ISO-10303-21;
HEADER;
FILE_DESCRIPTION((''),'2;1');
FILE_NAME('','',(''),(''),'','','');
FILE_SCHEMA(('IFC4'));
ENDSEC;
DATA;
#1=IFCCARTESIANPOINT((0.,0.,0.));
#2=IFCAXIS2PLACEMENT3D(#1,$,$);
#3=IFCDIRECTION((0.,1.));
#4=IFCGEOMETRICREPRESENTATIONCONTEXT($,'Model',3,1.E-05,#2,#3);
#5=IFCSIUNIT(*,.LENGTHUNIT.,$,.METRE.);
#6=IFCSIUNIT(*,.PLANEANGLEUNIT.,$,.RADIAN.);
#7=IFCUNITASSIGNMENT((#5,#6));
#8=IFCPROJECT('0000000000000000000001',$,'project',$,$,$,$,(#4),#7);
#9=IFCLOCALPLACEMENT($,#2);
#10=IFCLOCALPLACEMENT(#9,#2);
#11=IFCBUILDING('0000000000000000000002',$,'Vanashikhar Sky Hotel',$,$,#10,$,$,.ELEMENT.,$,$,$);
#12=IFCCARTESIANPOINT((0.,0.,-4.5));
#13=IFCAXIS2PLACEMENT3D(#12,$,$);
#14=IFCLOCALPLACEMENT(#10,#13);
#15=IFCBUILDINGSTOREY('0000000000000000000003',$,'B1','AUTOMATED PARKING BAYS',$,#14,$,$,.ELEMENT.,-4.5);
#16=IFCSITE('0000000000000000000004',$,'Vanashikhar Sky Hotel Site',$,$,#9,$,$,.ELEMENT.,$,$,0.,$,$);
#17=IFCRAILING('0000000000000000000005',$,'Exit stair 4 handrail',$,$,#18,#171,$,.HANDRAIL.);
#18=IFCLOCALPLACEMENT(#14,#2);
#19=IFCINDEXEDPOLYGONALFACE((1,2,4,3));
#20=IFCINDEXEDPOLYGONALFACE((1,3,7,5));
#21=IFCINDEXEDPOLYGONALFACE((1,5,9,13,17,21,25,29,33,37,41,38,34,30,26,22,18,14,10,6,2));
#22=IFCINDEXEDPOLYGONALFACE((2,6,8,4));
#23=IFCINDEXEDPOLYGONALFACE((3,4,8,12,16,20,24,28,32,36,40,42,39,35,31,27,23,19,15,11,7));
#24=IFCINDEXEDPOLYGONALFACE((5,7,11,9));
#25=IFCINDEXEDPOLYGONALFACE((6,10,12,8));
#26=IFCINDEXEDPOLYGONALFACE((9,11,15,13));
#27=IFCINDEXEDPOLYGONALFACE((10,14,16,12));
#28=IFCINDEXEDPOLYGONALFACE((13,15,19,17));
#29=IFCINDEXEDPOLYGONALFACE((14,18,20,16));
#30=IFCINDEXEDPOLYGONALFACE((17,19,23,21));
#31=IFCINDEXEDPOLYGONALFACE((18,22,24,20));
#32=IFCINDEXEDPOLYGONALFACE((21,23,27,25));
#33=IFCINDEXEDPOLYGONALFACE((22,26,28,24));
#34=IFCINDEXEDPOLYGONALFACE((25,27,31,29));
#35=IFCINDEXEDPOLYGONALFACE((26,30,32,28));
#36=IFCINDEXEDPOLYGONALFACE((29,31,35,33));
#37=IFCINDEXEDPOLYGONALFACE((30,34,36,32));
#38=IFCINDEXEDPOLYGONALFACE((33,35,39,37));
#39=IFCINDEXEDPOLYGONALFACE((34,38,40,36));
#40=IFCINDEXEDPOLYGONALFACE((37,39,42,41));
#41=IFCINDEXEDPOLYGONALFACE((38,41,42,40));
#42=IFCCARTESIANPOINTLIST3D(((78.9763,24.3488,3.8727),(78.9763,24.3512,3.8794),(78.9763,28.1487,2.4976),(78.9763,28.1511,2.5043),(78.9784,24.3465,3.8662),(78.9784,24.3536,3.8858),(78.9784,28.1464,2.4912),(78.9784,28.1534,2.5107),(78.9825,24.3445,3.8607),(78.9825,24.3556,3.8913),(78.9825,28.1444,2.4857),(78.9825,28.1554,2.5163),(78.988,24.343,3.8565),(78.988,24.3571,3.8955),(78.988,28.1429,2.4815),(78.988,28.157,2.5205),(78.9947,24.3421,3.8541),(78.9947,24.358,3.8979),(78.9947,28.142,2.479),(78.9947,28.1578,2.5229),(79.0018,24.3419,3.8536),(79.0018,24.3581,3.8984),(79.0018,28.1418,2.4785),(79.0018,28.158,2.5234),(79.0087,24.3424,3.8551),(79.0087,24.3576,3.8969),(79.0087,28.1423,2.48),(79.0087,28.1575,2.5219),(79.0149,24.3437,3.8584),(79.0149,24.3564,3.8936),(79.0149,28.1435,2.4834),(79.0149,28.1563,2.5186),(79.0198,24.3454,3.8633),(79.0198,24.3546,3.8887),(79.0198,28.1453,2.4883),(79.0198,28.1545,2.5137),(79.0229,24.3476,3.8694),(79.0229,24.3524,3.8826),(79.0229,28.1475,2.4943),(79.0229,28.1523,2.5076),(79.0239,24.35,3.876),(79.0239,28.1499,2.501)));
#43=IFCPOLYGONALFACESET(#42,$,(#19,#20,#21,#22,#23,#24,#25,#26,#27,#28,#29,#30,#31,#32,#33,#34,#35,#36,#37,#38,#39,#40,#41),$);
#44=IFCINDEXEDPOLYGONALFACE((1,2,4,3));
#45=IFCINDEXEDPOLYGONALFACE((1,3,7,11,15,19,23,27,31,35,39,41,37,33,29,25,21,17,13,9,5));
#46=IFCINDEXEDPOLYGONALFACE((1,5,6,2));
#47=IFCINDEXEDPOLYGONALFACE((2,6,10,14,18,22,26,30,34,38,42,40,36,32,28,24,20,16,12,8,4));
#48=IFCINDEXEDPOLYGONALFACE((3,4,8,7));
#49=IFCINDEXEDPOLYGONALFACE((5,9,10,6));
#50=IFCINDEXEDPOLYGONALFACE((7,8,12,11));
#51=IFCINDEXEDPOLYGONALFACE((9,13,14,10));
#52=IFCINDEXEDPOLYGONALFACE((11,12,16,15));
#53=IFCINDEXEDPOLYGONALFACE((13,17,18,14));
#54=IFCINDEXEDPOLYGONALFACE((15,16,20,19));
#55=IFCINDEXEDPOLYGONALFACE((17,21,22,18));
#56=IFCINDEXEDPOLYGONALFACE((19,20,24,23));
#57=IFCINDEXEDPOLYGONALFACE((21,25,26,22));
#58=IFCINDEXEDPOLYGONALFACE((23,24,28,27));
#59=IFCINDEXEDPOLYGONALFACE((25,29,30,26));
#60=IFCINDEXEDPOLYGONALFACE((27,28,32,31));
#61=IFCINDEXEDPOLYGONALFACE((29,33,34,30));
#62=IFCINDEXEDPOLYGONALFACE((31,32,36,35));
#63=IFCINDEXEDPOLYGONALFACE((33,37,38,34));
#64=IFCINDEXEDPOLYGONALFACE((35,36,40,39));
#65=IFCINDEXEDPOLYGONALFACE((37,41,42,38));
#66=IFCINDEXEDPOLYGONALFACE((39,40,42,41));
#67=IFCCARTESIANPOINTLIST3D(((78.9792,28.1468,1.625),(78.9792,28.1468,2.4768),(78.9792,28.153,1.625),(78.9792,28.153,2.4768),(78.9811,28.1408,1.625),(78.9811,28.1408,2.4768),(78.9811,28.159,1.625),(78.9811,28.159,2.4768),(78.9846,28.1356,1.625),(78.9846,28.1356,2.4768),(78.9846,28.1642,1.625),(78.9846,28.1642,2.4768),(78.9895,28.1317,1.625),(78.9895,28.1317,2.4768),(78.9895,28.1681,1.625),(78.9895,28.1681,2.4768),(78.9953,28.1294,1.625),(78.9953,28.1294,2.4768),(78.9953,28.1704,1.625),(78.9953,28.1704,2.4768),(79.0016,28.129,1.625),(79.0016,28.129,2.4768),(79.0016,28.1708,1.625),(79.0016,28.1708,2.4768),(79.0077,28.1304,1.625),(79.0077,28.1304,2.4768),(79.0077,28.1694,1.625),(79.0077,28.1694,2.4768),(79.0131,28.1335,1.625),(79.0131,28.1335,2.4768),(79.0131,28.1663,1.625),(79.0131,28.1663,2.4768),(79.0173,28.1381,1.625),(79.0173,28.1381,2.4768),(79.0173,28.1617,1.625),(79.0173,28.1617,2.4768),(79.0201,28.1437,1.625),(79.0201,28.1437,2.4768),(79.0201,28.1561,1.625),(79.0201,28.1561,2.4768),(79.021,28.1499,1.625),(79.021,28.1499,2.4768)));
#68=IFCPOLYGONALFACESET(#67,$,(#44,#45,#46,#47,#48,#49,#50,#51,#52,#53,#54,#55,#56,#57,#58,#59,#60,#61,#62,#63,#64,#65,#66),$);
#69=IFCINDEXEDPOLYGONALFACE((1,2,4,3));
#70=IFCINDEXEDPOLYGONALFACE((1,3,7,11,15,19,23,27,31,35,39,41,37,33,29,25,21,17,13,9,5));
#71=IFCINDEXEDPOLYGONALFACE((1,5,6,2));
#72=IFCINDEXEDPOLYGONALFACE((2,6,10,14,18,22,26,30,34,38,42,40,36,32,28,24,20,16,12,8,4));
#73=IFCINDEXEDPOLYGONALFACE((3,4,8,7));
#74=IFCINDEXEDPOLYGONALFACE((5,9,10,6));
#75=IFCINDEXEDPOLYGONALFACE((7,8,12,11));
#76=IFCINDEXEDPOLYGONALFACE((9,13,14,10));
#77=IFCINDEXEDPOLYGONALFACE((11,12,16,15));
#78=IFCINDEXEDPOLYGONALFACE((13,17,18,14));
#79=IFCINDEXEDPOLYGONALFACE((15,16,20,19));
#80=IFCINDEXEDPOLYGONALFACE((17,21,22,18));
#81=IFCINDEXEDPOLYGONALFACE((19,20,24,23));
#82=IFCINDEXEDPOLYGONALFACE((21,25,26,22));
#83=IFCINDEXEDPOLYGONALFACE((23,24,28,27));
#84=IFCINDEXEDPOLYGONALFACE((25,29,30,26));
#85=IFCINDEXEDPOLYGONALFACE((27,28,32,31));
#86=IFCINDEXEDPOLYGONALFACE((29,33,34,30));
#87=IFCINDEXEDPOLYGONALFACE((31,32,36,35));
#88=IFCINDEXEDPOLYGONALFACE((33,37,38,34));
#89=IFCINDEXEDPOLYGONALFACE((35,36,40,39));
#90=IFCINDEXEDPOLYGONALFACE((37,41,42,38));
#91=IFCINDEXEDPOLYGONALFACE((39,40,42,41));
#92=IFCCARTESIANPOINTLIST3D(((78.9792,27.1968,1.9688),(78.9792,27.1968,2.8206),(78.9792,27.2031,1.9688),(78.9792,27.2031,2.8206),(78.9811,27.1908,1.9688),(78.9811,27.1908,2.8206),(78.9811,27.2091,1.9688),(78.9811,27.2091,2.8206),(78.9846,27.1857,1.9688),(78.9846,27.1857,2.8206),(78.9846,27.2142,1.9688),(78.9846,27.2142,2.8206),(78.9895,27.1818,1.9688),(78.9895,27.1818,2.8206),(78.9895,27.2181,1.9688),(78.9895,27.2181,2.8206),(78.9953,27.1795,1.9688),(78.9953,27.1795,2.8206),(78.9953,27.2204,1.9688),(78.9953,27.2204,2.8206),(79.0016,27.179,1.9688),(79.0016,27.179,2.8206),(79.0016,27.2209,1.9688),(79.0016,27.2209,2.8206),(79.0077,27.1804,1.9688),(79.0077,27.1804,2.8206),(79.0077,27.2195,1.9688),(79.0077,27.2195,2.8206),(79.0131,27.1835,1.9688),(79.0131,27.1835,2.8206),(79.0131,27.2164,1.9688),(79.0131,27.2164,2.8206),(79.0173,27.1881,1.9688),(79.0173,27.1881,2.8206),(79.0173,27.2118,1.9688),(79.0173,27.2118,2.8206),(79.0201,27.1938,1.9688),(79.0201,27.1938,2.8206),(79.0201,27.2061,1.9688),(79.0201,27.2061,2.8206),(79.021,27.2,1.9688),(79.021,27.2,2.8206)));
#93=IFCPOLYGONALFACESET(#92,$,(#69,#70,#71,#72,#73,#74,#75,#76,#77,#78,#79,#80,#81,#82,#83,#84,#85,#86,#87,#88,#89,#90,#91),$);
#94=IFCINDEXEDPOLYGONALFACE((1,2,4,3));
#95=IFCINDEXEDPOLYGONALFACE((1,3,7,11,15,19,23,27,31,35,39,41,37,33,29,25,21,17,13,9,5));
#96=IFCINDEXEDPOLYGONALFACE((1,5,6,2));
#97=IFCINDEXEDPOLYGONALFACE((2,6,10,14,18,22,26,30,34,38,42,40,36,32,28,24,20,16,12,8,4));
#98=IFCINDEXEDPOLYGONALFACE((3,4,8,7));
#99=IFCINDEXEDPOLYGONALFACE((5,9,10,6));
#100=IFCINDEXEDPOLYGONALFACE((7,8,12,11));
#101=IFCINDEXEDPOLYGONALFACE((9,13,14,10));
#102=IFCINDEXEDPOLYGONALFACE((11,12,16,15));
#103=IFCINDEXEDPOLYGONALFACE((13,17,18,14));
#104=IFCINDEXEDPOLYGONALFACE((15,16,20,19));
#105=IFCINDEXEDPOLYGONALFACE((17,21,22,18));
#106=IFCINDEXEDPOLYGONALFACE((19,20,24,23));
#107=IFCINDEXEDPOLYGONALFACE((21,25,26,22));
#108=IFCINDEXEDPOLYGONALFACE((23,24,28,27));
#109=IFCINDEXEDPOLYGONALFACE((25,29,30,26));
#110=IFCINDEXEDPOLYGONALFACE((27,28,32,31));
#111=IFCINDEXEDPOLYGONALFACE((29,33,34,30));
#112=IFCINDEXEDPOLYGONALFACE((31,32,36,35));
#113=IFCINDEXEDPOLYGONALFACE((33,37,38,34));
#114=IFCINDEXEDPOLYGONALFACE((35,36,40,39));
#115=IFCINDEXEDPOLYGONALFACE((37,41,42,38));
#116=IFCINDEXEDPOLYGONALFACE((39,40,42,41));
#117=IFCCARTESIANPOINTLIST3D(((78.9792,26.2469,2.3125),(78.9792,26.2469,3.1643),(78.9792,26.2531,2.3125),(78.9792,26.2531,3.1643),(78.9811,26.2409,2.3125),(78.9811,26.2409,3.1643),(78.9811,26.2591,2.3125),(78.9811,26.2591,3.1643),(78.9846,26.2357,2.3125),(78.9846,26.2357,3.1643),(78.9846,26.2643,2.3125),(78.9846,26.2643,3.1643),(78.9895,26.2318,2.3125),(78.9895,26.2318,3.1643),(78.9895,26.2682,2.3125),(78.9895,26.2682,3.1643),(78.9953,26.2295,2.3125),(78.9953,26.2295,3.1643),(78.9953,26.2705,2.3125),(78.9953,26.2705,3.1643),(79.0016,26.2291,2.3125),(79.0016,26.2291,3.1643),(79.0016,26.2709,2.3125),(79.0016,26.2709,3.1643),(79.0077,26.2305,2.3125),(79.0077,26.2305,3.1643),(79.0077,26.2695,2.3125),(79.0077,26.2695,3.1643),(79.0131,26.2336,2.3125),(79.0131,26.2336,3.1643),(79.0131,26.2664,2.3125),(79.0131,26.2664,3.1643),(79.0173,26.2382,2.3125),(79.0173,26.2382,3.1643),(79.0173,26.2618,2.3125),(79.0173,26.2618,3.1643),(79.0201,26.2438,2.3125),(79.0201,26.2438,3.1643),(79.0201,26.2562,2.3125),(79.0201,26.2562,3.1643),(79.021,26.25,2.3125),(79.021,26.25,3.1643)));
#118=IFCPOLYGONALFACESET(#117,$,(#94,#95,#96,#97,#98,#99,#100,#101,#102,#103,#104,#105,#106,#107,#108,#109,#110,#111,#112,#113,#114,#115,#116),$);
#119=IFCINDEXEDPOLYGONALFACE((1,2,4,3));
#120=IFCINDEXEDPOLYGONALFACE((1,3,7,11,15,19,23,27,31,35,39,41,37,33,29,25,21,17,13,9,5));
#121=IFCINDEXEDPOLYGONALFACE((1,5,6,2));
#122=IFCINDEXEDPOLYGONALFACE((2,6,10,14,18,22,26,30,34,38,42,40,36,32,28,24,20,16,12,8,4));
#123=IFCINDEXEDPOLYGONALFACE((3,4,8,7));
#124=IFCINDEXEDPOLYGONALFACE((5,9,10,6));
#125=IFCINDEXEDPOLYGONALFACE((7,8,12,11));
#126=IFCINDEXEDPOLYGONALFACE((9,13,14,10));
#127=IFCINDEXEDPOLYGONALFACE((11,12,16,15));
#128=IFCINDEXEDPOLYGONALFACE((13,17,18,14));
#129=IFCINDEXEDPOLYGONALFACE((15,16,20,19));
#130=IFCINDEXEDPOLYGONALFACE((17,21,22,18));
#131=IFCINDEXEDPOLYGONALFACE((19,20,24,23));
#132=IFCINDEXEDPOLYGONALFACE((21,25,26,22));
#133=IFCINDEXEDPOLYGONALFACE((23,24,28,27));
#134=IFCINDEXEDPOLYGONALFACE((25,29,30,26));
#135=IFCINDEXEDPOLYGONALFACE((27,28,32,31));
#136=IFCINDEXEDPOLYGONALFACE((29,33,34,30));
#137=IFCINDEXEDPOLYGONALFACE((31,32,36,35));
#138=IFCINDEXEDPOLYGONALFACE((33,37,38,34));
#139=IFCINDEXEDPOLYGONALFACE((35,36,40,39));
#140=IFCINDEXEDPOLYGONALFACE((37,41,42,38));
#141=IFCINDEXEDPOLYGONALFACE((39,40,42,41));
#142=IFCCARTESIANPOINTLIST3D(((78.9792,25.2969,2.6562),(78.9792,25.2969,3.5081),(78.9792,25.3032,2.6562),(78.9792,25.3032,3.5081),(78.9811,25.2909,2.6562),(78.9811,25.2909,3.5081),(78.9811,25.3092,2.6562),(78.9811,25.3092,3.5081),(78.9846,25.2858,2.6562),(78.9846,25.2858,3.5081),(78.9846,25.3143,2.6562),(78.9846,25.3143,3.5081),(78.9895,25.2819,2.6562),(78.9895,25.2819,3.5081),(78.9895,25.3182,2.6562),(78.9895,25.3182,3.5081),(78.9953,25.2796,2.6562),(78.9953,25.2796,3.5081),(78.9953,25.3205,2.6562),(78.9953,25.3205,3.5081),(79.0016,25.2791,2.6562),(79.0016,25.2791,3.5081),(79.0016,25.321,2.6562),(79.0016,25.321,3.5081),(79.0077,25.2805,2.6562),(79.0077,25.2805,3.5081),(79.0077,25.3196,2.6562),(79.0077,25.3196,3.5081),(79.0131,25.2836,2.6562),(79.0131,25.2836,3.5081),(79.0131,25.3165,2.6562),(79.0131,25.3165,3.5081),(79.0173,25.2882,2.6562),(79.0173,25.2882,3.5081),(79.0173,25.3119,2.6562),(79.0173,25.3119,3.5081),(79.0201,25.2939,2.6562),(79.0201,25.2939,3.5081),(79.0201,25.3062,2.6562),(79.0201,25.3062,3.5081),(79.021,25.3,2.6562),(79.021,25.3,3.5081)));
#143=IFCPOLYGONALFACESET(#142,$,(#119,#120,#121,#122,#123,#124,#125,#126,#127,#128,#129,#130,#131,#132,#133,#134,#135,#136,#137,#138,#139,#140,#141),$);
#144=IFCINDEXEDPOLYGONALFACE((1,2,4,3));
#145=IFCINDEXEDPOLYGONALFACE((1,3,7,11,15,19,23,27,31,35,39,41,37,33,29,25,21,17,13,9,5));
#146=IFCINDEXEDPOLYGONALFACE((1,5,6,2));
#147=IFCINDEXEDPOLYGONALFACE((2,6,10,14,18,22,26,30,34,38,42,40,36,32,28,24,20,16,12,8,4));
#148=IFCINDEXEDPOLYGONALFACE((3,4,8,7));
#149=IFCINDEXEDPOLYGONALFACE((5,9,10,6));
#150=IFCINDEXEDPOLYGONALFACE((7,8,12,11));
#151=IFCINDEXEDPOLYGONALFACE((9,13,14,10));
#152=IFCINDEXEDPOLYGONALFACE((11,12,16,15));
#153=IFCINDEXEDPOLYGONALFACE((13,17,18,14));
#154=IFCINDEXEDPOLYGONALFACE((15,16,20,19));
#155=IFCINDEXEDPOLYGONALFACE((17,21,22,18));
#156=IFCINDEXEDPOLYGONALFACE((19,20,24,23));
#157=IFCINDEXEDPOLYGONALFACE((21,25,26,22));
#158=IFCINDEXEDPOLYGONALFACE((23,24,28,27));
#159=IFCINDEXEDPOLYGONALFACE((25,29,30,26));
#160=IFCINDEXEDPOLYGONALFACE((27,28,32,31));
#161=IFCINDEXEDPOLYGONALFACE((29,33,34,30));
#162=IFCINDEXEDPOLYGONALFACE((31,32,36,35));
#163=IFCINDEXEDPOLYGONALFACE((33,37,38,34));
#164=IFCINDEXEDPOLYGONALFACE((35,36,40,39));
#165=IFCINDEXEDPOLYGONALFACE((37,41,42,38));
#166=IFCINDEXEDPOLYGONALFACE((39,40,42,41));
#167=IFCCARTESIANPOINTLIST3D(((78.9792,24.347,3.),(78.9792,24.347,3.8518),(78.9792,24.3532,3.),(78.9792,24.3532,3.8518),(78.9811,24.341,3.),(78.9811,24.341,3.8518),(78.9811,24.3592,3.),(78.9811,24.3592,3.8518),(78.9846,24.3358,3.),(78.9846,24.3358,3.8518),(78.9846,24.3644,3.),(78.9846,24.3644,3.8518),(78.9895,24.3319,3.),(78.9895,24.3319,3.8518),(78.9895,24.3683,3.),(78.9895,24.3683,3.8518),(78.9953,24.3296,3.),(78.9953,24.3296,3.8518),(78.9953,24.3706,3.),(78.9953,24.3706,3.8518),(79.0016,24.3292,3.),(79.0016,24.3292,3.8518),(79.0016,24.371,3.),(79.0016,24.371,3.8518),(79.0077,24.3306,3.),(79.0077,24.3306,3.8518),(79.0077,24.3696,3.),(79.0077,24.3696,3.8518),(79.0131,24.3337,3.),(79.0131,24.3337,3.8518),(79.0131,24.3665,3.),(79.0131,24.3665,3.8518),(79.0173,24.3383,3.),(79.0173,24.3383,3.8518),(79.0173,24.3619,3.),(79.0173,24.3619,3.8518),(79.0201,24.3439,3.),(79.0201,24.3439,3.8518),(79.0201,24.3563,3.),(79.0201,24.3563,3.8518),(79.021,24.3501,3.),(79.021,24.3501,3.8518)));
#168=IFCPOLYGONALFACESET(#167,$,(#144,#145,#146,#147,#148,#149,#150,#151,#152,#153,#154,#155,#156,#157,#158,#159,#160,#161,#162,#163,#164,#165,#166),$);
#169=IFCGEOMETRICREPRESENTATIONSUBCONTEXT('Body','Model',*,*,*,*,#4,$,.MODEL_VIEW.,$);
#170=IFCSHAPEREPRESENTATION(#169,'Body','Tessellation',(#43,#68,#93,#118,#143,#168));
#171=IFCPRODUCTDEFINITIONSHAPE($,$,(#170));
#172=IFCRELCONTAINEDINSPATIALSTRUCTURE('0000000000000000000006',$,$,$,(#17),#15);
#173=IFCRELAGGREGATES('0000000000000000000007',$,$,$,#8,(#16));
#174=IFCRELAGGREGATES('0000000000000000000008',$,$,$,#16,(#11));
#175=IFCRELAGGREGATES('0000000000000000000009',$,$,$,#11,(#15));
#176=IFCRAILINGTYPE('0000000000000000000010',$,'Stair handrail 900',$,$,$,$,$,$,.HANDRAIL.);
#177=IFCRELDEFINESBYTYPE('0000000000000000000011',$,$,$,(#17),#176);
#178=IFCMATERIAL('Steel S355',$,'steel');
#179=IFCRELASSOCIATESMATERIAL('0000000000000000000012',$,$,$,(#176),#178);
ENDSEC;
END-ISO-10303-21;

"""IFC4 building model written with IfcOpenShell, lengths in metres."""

from ifc_helpers import new_model, si_unit, direction, frame, origin, origin_2d, place, context, subcontext, project, spatial, circle, extrude, source, transform, mapped, material, type_object, element, save


model = new_model("IFC4")

# Units and contexts
model_context = context("Model", 3, precision=1e-05, world=origin(), true_north=direction((0.0, 1.0)))
body_context = subcontext(model_context, "Body", "Model", "MODEL_VIEW")
ifc_project = project(units=[si_unit("LENGTHUNIT", "METRE"), si_unit("PLANEANGLEUNIT", "RADIAN")], contexts=[model_context])

# Site, building, storey
site_placement = place(None, origin())
site = spatial("IfcSite", under=ifc_project, at=site_placement, Name="Vanashikhar Sky Hotel Site", CompositionType="ELEMENT", RefElevation=0.0)
building_placement = place(site_placement, origin())
building = spatial("IfcBuilding", under=site, at=building_placement, Name="Vanashikhar Sky Hotel", CompositionType="ELEMENT")
storey_placement = place(building_placement, frame((0.0, 0.0, -4.5)))
storey = spatial("IfcBuildingStorey", under=building, at=storey_placement, Name="B1", Description="AUTOMATED PARKING BAYS", CompositionType="ELEMENT", Elevation=-4.5)

# Railing
ifc_material_1 = material(Name="Steel S355", Category="steel")
railing_type_1 = type_object("IfcRailingType", Name="Stair handrail 900", PredefinedType="HANDRAIL", material=ifc_material_1)
shared_shape_1 = source(origin(), body_context, "Body", "SweptSolid", [
    extrude(circle(Radius=0.0239, at=origin_2d()), frame((0.0, 0.0, 0.876), z_axis=(0.0, -0.940329, 0.340268), x_axis=(1.0, 0.0, 0.0)), (0.0, 0.0, 1.0), 4.041),
    extrude(circle(Radius=0.021, at=origin_2d()), origin(), (0.0, 0.0, 1.0), 0.8518),
    extrude(circle(Radius=0.021, at=origin_2d()), frame((0.0, -0.95, 0.3438)), (0.0, 0.0, 1.0), 0.8518),
    extrude(circle(Radius=0.021, at=origin_2d()), frame((0.0, -1.8999, 0.6875)), (0.0, 0.0, 1.0), 0.8518),
    extrude(circle(Radius=0.021, at=origin_2d()), frame((0.0, -2.8499, 1.0312)), (0.0, 0.0, 1.0), 0.8518),
    extrude(circle(Radius=0.021, at=origin_2d()), frame((0.0, -3.7998, 1.375)), (0.0, 0.0, 1.0), 0.8518),
])
railing_1_placement = place(storey_placement, frame((79.0, 28.1499, 1.625)))
element("IfcRailing", 1, at=railing_1_placement, inside=storey, type_object=railing_type_1, Name="Exit stair 4 handrail", PredefinedType="HANDRAIL", context=body_context, shape_type="MappedRepresentation", body=[
    mapped(shared_shape_1, transform((0.0, 0.0, 0.0), scale=1.0)),
])

save(model, "model.ifc")
